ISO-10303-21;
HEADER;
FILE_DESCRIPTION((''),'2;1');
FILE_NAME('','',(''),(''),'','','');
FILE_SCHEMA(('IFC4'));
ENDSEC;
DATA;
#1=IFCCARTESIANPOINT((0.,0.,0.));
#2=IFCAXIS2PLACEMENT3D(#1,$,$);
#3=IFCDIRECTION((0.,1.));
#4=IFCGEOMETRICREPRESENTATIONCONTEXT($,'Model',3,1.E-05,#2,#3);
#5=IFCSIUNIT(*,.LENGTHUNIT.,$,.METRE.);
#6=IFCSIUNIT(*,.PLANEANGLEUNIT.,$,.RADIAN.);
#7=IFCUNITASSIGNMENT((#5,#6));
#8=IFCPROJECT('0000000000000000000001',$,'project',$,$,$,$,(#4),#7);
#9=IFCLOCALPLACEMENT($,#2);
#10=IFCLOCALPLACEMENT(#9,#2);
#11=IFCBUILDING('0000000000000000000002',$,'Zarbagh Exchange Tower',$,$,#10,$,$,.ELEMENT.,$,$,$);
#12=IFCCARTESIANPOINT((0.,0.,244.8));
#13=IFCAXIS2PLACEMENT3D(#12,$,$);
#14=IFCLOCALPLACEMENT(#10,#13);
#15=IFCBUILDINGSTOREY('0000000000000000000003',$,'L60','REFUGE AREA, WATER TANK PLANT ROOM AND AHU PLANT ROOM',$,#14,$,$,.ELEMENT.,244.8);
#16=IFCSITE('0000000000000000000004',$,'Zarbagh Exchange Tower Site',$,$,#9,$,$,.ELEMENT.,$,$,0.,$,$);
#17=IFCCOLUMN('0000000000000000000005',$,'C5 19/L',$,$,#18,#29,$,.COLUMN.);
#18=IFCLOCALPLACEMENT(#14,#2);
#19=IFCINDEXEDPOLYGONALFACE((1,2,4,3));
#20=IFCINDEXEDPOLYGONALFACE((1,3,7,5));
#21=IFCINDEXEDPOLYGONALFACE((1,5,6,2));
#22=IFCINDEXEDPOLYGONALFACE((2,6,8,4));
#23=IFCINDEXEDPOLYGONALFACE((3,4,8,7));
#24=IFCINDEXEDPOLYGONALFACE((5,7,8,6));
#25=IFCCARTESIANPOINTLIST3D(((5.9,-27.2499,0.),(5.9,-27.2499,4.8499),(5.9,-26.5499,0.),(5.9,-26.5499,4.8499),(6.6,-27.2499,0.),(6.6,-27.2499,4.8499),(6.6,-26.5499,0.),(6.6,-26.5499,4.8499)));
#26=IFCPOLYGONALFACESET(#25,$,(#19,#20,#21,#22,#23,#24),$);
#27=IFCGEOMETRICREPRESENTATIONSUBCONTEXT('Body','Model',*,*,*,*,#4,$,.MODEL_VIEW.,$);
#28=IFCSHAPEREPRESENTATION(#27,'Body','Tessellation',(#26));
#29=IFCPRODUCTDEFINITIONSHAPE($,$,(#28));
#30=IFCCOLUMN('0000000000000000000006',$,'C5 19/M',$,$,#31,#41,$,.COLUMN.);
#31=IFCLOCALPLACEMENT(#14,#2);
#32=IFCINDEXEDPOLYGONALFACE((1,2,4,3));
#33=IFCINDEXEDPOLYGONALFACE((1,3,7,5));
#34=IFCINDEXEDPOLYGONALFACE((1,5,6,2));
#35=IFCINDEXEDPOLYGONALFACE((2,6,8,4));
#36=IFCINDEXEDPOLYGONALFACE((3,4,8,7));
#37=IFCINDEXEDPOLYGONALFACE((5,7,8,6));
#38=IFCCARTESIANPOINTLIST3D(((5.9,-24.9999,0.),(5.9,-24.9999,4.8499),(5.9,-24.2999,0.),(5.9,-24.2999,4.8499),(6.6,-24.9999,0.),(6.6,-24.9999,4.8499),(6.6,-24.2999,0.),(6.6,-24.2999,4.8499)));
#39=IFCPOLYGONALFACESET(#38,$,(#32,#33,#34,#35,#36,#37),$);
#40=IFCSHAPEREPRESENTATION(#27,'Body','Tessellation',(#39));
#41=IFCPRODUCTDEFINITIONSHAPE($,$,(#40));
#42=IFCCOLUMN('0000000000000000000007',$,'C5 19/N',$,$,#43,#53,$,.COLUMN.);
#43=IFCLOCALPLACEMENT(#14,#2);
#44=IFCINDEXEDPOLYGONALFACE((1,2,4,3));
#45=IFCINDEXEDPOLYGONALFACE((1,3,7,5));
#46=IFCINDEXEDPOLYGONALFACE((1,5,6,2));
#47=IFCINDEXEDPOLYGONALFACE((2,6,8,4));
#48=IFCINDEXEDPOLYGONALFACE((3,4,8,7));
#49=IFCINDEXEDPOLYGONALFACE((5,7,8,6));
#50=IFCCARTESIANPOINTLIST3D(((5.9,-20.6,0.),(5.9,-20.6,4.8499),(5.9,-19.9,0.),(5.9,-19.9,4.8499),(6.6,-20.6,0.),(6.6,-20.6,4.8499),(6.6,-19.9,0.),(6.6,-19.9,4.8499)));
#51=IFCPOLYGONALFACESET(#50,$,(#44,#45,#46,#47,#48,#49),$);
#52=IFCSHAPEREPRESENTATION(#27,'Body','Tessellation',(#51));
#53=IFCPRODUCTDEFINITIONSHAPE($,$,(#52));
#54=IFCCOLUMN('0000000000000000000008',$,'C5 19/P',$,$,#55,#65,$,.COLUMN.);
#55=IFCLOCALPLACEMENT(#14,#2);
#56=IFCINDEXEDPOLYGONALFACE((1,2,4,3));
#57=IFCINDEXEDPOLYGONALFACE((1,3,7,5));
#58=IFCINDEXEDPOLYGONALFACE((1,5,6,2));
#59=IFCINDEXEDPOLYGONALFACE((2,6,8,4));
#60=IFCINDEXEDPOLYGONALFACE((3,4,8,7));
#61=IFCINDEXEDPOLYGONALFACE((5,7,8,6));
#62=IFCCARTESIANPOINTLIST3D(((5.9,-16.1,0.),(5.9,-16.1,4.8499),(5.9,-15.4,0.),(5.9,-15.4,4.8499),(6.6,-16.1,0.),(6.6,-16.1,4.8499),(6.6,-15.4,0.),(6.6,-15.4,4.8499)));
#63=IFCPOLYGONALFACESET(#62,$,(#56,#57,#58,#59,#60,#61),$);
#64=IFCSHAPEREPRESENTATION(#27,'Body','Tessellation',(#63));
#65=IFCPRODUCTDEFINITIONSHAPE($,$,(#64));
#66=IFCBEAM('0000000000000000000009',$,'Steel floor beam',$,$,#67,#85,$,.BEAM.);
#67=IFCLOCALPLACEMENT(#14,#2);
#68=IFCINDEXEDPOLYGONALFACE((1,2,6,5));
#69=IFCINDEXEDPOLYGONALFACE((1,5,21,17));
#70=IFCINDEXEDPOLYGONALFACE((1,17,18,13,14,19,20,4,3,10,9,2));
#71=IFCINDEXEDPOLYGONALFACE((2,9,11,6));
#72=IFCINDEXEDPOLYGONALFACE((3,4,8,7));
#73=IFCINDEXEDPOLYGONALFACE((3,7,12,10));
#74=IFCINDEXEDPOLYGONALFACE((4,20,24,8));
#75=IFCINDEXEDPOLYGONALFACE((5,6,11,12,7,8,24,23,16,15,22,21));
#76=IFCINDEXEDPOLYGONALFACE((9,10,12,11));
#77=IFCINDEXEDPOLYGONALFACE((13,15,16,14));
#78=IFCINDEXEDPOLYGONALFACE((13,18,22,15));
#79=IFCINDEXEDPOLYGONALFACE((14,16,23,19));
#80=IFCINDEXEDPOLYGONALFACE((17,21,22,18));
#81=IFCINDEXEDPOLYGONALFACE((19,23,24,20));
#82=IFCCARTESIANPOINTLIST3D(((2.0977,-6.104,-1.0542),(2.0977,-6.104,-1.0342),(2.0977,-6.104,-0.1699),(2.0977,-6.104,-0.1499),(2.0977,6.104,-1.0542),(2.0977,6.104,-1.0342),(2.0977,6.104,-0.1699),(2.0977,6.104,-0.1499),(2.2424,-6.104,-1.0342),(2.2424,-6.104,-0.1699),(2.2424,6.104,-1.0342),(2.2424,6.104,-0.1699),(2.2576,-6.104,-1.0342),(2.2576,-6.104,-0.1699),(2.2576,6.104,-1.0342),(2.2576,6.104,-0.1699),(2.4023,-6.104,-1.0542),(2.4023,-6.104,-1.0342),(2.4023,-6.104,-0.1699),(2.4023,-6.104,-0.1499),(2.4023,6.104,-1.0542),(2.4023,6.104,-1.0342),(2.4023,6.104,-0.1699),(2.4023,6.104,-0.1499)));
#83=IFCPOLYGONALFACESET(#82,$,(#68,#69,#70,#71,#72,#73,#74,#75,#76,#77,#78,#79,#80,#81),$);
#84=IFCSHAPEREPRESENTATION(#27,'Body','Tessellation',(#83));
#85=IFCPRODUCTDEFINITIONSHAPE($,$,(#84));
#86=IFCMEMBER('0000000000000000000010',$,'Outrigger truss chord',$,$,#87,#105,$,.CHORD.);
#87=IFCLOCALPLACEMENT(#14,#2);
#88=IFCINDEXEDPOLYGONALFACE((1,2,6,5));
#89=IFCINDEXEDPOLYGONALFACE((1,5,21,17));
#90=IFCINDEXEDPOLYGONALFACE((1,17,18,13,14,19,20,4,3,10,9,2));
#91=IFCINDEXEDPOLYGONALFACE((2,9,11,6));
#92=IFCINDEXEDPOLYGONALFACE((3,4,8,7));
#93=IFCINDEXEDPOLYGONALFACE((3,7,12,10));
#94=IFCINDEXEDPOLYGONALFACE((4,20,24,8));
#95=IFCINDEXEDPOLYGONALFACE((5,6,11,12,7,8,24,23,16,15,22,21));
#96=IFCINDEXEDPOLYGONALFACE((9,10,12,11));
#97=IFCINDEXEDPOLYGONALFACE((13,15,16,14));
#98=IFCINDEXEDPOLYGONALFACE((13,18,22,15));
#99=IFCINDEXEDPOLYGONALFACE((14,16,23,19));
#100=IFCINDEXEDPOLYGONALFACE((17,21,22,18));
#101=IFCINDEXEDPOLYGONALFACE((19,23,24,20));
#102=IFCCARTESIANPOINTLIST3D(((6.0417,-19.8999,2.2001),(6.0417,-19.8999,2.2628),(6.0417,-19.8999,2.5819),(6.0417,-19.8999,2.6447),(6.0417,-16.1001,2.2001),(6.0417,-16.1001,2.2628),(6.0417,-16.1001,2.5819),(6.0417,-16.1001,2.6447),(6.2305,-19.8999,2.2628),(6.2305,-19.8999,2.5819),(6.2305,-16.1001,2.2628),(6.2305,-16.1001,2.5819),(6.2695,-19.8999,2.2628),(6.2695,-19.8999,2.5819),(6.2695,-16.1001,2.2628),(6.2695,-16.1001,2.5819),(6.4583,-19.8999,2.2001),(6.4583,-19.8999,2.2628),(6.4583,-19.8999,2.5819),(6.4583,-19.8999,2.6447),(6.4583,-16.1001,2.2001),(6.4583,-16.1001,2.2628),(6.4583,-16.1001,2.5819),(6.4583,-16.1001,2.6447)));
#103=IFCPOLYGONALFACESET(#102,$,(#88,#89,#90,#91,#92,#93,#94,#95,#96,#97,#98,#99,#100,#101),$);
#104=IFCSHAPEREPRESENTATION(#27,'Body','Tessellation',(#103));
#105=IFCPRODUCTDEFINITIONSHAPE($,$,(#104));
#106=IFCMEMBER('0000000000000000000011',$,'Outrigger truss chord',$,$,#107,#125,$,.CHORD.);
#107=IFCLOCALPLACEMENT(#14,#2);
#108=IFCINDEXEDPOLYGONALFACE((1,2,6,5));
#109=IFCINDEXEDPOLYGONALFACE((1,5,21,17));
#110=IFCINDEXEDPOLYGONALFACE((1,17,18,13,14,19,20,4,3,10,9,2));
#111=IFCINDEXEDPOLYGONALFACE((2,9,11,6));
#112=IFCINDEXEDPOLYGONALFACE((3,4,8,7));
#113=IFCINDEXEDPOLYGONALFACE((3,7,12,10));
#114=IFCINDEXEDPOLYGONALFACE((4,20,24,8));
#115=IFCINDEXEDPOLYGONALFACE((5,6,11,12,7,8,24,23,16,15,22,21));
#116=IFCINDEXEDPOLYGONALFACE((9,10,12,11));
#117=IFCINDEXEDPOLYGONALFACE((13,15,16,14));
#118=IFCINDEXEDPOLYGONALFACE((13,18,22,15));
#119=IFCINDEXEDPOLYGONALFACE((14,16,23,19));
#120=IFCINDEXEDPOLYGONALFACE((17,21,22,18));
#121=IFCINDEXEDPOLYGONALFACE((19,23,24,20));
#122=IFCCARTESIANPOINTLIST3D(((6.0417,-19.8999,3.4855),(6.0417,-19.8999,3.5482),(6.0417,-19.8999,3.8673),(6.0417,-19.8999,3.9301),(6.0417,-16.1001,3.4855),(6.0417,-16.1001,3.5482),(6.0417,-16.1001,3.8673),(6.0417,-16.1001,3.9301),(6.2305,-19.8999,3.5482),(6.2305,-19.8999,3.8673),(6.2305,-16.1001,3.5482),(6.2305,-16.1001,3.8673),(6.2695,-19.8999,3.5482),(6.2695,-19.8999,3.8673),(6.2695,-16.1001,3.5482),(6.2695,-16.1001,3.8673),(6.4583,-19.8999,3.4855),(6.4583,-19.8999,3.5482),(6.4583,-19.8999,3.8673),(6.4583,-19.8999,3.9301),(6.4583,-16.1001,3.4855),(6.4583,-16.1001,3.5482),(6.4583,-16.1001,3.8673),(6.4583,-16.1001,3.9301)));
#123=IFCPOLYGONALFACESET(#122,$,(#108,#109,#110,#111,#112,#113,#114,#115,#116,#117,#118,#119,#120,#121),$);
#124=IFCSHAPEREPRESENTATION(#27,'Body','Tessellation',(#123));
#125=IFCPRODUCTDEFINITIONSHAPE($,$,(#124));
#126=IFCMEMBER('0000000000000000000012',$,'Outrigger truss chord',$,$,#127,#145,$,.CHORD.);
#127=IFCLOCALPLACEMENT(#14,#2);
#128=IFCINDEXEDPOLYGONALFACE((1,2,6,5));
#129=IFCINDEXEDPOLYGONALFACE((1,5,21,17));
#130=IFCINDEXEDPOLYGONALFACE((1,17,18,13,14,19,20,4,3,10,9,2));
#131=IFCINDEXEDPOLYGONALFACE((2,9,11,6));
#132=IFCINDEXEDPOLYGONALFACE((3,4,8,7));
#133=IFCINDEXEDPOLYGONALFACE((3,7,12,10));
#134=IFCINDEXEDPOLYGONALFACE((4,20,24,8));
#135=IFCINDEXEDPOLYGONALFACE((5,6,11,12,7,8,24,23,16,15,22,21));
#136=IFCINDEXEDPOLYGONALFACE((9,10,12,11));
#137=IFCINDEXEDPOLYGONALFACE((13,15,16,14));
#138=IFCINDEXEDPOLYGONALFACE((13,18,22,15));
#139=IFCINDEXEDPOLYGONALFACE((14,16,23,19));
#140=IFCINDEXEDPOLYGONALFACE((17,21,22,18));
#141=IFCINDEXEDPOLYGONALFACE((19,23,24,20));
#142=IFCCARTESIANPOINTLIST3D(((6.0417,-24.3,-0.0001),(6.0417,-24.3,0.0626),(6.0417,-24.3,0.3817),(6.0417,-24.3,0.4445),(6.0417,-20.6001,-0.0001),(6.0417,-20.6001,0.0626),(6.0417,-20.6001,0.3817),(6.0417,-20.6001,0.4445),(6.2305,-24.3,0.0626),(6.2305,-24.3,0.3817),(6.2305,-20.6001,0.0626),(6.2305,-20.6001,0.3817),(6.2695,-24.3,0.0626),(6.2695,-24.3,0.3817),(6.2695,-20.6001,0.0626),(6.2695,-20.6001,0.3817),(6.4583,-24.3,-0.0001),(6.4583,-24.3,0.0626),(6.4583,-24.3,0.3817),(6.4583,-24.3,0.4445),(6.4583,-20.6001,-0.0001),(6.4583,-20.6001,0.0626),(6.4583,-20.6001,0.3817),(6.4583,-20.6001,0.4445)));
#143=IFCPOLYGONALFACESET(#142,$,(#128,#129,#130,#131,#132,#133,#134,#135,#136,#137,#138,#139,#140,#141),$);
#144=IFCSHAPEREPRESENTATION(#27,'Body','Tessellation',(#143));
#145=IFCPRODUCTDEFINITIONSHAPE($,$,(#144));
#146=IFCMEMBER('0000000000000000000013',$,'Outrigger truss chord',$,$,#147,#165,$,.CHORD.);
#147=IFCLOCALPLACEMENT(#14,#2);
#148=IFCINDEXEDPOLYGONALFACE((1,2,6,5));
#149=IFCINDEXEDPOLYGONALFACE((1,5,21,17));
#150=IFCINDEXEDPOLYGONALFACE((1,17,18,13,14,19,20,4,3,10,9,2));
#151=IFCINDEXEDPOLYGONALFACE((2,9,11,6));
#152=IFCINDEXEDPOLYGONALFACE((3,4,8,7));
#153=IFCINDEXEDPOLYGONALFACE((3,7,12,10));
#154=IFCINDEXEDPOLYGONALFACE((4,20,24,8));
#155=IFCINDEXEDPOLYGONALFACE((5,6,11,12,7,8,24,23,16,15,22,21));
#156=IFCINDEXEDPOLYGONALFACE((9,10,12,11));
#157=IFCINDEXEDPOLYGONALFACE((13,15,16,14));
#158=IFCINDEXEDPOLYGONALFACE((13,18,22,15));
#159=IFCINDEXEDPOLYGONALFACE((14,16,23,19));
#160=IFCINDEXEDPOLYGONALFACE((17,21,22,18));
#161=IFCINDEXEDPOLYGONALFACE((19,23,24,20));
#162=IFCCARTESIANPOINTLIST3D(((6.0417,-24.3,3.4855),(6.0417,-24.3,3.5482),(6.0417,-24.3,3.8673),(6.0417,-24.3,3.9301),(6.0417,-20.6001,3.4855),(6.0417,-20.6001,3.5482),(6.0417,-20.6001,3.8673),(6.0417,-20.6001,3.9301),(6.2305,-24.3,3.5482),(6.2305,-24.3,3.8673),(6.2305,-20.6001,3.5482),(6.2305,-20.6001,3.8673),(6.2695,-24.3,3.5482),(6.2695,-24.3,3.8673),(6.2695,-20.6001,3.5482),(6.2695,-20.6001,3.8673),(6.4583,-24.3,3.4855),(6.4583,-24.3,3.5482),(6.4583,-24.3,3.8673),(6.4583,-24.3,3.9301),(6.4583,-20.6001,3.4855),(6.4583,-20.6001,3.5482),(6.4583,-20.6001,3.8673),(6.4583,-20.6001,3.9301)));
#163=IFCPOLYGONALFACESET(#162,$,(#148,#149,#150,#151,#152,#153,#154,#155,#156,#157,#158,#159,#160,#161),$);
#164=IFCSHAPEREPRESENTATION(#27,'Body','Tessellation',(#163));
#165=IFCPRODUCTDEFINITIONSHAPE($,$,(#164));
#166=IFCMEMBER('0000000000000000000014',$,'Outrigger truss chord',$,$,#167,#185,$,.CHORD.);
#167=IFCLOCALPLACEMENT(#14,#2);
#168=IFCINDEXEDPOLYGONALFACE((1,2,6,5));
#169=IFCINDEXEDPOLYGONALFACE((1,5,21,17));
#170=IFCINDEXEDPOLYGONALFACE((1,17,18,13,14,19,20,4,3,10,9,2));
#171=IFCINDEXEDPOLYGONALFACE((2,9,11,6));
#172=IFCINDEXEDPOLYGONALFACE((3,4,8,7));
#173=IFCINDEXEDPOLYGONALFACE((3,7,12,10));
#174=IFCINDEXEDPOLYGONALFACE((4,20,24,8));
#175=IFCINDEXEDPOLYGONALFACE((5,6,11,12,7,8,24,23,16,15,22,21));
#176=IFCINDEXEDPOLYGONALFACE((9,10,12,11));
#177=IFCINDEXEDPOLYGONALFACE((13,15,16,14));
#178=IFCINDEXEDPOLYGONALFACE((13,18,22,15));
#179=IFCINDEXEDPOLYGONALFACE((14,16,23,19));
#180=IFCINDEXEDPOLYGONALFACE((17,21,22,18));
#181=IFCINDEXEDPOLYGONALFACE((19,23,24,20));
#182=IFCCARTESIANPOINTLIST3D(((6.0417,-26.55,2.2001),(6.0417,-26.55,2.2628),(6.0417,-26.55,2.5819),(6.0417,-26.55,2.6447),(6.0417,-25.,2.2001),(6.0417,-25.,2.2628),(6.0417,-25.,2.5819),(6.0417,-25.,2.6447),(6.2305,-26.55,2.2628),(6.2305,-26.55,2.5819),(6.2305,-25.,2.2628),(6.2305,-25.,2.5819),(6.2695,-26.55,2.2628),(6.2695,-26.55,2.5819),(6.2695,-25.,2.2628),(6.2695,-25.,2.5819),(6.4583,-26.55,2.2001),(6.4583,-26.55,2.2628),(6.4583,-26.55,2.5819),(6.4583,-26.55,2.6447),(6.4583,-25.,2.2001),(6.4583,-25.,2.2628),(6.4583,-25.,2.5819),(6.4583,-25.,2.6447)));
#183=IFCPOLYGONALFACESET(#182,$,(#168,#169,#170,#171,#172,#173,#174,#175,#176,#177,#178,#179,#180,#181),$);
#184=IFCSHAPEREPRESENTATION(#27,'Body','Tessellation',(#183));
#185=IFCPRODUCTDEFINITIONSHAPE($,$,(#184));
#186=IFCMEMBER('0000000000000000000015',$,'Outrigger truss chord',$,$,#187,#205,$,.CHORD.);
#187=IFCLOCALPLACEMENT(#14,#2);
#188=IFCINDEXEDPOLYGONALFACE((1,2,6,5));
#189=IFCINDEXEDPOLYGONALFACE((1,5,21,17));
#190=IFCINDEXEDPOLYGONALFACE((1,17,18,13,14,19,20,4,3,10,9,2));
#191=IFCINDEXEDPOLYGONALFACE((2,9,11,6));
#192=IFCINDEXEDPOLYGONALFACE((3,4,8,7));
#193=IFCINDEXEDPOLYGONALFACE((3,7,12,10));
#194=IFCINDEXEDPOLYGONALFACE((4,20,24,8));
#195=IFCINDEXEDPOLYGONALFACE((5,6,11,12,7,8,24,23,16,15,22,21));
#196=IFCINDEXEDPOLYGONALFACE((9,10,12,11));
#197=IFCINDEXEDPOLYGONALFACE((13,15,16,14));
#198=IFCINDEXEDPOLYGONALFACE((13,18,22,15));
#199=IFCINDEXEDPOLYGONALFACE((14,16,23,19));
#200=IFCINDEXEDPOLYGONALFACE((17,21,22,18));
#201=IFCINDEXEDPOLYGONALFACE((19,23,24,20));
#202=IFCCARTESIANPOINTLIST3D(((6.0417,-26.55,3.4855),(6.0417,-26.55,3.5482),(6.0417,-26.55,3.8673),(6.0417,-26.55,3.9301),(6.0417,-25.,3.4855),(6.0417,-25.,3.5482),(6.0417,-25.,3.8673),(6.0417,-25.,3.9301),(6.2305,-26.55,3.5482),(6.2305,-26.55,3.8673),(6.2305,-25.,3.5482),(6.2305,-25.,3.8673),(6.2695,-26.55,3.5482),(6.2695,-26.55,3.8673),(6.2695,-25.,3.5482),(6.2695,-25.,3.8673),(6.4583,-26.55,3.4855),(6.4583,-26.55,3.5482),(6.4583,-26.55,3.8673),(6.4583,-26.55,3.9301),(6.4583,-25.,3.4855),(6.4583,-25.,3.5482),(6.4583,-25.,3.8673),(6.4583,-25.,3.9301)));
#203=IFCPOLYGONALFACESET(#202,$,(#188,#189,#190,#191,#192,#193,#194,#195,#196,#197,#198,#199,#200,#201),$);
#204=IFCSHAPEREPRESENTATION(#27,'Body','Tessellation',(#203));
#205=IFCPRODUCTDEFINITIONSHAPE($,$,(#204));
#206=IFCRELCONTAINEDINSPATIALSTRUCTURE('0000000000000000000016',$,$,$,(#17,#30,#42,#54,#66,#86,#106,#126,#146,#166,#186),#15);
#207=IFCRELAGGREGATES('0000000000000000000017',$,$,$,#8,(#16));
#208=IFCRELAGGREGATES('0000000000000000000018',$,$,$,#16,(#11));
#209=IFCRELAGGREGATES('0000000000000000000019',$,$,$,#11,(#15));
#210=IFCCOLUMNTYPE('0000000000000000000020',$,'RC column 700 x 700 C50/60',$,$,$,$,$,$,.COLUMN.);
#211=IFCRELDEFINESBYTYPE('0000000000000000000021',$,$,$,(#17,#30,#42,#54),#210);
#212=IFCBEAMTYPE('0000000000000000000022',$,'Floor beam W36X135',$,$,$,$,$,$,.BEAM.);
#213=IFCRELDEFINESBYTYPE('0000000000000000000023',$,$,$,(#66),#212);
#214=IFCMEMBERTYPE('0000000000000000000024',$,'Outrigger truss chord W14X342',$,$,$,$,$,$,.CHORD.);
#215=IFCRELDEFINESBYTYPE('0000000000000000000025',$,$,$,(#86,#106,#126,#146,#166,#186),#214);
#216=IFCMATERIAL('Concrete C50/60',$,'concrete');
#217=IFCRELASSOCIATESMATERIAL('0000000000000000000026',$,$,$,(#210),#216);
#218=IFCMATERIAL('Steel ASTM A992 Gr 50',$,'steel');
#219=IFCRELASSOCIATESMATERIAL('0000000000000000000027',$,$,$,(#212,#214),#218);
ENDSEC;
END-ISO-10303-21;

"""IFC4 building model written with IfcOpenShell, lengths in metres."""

from ifc_helpers import new_model, si_unit, direction, frame, origin, origin_2d, place, context, subcontext, project, spatial, rectangle, i_section, extrude, material, material_profile, profile_set, type_object, element, save


model = new_model("IFC4")

# Units and contexts
model_context = context("Model", 3, precision=1e-05, world=origin(), true_north=direction((0.0, 1.0)))
body_context = subcontext(model_context, "Body", "Model", "MODEL_VIEW")
ifc_project = project(units=[si_unit("LENGTHUNIT", "METRE"), si_unit("PLANEANGLEUNIT", "RADIAN")], contexts=[model_context])

# Site, building, storey
site_placement = place(None, origin())
site = spatial("IfcSite", under=ifc_project, at=site_placement, Name="Zarbagh Exchange Tower Site", CompositionType="ELEMENT", RefElevation=0.0)
building_placement = place(site_placement, origin())
building = spatial("IfcBuilding", under=site, at=building_placement, Name="Zarbagh Exchange Tower", CompositionType="ELEMENT")
storey_placement = place(building_placement, frame((0.0, 0.0, 244.8)))
storey = spatial("IfcBuildingStorey", under=building, at=storey_placement, Name="L60", Description="REFUGE AREA, WATER TANK PLANT ROOM AND AHU PLANT ROOM", CompositionType="ELEMENT", Elevation=244.8)

# Columns
ifc_material_1 = material(Name="Concrete C50/60", Category="concrete")
ifc_material_profile_1 = material_profile(ifc_material_1, rectangle(XDim=0.7, YDim=0.7, at=origin_2d()), Name="RC column 700 x 700 C50/60")
ifc_profile_set_1 = profile_set([ifc_material_profile_1], Name="Concrete C50/60")
column_type = type_object("IfcColumnType", Name="RC column 700 x 700 C50/60", PredefinedType="COLUMN", material=ifc_profile_set_1)
for number, where, z_axis, x_axis, name in (
    (1, (6.25, -26.8999, 0.0), (0.0, 0.0, 1.0), (1.0, 0.0, 0.0), "C5 19/L"),
    (2, (6.25, -24.6499, 0.0), (0.0, 0.0, 1.0), (1.0, 0.0, 0.0), "C5 19/M"),
    (3, (6.25, -20.25, 0.0), (0.0, 0.0, 1.0), (1.0, 0.0, 0.0), "C5 19/N"),
    (4, (6.25, -15.75, 0.0), (0.0, 0.0, 1.0), (1.0, 0.0, 0.0), "C5 19/P"),
):
    element("IfcColumn", number, at=place(storey_placement, frame(where, z_axis=z_axis, x_axis=x_axis)), inside=storey, type_object=column_type, Name=name, PredefinedType="COLUMN", context=body_context, shape_type="SweptSolid", body=[
        extrude(rectangle(XDim=0.7, YDim=0.7, at=origin_2d()), origin(), (0.0, 0.0, 1.0), 4.8499),
    ])

# Beam
ifc_material_2 = material(Name="Steel ASTM A992 Gr 50", Category="steel")
ifc_material_profile_2 = material_profile(ifc_material_2, i_section(OverallWidth=0.3047, OverallDepth=0.9043, WebThickness=0.0151, FlangeThickness=0.02, at=origin_2d()), Name="W36X135")
ifc_profile_set_2 = profile_set([ifc_material_profile_2], Name="Steel ASTM A992 Gr 50")
beam_type_1 = type_object("IfcBeamType", Name="Floor beam W36X135", PredefinedType="BEAM", material=ifc_profile_set_2)
beam_1_placement = place(storey_placement, frame((2.25, -6.104, -0.6021), z_axis=(0.0, 1.0, 0.0), x_axis=(-1.0, 0.0, 0.0)))
element("IfcBeam", 5, at=beam_1_placement, inside=storey, type_object=beam_type_1, Name="Steel floor beam", PredefinedType="BEAM", context=body_context, shape_type="SweptSolid", body=[
    extrude(i_section(OverallWidth=0.3047, OverallDepth=0.9043, WebThickness=0.0151, FlangeThickness=0.02, at=origin_2d()), origin(), (0.0, 0.0, 1.0), 12.208),
])

# Members
ifc_material_profile_3 = material_profile(ifc_material_2, i_section(OverallWidth=0.4165, OverallDepth=0.4446, WebThickness=0.0391, FlangeThickness=0.0627, at=origin_2d()), Name="W14X342")
ifc_profile_set_3 = profile_set([ifc_material_profile_3], Name="Steel ASTM A992 Gr 50")
member_type_1 = type_object("IfcMemberType", Name="Outrigger truss chord W14X342", PredefinedType="CHORD", material=ifc_profile_set_3)
for number, where, z_axis, x_axis, name in (
    (6, (6.25, -16.1001, 2.4224), (0.0, -1.0, 0.0), (1.0, 0.0, 0.0), "Outrigger truss chord"),
    (7, (6.25, -16.1001, 3.7078), (0.0, -1.0, 0.0), (1.0, 0.0, 0.0), "Outrigger truss chord"),
):
    element("IfcMember", number, at=place(storey_placement, frame(where, z_axis=z_axis, x_axis=x_axis)), inside=storey, type_object=member_type_1, Name=name, PredefinedType="CHORD", context=body_context, shape_type="SweptSolid", body=[
        extrude(i_section(OverallWidth=0.4165, OverallDepth=0.4446, WebThickness=0.0391, FlangeThickness=0.0627, at=origin_2d()), origin(), (0.0, 0.0, 1.0), 3.7998),
    ])
for number, where, z_axis, x_axis, name in (
    (8, (6.25, -20.6001, 0.2222), (0.0, -1.0, 0.0), (1.0, 0.0, 0.0), "Outrigger truss chord"),
    (9, (6.25, -20.6001, 3.7078), (0.0, -1.0, 0.0), (1.0, 0.0, 0.0), "Outrigger truss chord"),
):
    element("IfcMember", number, at=place(storey_placement, frame(where, z_axis=z_axis, x_axis=x_axis)), inside=storey, type_object=member_type_1, Name=name, PredefinedType="CHORD", context=body_context, shape_type="SweptSolid", body=[
        extrude(i_section(OverallWidth=0.4165, OverallDepth=0.4446, WebThickness=0.0391, FlangeThickness=0.0627, at=origin_2d()), origin(), (0.0, 0.0, 1.0), 3.7),
    ])
for number, where, z_axis, x_axis, name in (
    (10, (6.25, -25.0, 2.4224), (0.0, -1.0, 0.0), (1.0, 0.0, 0.0), "Outrigger truss chord"),
    (11, (6.25, -25.0, 3.7078), (0.0, -1.0, 0.0), (1.0, 0.0, 0.0), "Outrigger truss chord"),
):
    element("IfcMember", number, at=place(storey_placement, frame(where, z_axis=z_axis, x_axis=x_axis)), inside=storey, type_object=member_type_1, Name=name, PredefinedType="CHORD", context=body_context, shape_type="SweptSolid", body=[
        extrude(i_section(OverallWidth=0.4165, OverallDepth=0.4446, WebThickness=0.0391, FlangeThickness=0.0627, at=origin_2d()), origin(), (0.0, 0.0, 1.0), 1.55),
    ])

save(model, "model.ifc")
